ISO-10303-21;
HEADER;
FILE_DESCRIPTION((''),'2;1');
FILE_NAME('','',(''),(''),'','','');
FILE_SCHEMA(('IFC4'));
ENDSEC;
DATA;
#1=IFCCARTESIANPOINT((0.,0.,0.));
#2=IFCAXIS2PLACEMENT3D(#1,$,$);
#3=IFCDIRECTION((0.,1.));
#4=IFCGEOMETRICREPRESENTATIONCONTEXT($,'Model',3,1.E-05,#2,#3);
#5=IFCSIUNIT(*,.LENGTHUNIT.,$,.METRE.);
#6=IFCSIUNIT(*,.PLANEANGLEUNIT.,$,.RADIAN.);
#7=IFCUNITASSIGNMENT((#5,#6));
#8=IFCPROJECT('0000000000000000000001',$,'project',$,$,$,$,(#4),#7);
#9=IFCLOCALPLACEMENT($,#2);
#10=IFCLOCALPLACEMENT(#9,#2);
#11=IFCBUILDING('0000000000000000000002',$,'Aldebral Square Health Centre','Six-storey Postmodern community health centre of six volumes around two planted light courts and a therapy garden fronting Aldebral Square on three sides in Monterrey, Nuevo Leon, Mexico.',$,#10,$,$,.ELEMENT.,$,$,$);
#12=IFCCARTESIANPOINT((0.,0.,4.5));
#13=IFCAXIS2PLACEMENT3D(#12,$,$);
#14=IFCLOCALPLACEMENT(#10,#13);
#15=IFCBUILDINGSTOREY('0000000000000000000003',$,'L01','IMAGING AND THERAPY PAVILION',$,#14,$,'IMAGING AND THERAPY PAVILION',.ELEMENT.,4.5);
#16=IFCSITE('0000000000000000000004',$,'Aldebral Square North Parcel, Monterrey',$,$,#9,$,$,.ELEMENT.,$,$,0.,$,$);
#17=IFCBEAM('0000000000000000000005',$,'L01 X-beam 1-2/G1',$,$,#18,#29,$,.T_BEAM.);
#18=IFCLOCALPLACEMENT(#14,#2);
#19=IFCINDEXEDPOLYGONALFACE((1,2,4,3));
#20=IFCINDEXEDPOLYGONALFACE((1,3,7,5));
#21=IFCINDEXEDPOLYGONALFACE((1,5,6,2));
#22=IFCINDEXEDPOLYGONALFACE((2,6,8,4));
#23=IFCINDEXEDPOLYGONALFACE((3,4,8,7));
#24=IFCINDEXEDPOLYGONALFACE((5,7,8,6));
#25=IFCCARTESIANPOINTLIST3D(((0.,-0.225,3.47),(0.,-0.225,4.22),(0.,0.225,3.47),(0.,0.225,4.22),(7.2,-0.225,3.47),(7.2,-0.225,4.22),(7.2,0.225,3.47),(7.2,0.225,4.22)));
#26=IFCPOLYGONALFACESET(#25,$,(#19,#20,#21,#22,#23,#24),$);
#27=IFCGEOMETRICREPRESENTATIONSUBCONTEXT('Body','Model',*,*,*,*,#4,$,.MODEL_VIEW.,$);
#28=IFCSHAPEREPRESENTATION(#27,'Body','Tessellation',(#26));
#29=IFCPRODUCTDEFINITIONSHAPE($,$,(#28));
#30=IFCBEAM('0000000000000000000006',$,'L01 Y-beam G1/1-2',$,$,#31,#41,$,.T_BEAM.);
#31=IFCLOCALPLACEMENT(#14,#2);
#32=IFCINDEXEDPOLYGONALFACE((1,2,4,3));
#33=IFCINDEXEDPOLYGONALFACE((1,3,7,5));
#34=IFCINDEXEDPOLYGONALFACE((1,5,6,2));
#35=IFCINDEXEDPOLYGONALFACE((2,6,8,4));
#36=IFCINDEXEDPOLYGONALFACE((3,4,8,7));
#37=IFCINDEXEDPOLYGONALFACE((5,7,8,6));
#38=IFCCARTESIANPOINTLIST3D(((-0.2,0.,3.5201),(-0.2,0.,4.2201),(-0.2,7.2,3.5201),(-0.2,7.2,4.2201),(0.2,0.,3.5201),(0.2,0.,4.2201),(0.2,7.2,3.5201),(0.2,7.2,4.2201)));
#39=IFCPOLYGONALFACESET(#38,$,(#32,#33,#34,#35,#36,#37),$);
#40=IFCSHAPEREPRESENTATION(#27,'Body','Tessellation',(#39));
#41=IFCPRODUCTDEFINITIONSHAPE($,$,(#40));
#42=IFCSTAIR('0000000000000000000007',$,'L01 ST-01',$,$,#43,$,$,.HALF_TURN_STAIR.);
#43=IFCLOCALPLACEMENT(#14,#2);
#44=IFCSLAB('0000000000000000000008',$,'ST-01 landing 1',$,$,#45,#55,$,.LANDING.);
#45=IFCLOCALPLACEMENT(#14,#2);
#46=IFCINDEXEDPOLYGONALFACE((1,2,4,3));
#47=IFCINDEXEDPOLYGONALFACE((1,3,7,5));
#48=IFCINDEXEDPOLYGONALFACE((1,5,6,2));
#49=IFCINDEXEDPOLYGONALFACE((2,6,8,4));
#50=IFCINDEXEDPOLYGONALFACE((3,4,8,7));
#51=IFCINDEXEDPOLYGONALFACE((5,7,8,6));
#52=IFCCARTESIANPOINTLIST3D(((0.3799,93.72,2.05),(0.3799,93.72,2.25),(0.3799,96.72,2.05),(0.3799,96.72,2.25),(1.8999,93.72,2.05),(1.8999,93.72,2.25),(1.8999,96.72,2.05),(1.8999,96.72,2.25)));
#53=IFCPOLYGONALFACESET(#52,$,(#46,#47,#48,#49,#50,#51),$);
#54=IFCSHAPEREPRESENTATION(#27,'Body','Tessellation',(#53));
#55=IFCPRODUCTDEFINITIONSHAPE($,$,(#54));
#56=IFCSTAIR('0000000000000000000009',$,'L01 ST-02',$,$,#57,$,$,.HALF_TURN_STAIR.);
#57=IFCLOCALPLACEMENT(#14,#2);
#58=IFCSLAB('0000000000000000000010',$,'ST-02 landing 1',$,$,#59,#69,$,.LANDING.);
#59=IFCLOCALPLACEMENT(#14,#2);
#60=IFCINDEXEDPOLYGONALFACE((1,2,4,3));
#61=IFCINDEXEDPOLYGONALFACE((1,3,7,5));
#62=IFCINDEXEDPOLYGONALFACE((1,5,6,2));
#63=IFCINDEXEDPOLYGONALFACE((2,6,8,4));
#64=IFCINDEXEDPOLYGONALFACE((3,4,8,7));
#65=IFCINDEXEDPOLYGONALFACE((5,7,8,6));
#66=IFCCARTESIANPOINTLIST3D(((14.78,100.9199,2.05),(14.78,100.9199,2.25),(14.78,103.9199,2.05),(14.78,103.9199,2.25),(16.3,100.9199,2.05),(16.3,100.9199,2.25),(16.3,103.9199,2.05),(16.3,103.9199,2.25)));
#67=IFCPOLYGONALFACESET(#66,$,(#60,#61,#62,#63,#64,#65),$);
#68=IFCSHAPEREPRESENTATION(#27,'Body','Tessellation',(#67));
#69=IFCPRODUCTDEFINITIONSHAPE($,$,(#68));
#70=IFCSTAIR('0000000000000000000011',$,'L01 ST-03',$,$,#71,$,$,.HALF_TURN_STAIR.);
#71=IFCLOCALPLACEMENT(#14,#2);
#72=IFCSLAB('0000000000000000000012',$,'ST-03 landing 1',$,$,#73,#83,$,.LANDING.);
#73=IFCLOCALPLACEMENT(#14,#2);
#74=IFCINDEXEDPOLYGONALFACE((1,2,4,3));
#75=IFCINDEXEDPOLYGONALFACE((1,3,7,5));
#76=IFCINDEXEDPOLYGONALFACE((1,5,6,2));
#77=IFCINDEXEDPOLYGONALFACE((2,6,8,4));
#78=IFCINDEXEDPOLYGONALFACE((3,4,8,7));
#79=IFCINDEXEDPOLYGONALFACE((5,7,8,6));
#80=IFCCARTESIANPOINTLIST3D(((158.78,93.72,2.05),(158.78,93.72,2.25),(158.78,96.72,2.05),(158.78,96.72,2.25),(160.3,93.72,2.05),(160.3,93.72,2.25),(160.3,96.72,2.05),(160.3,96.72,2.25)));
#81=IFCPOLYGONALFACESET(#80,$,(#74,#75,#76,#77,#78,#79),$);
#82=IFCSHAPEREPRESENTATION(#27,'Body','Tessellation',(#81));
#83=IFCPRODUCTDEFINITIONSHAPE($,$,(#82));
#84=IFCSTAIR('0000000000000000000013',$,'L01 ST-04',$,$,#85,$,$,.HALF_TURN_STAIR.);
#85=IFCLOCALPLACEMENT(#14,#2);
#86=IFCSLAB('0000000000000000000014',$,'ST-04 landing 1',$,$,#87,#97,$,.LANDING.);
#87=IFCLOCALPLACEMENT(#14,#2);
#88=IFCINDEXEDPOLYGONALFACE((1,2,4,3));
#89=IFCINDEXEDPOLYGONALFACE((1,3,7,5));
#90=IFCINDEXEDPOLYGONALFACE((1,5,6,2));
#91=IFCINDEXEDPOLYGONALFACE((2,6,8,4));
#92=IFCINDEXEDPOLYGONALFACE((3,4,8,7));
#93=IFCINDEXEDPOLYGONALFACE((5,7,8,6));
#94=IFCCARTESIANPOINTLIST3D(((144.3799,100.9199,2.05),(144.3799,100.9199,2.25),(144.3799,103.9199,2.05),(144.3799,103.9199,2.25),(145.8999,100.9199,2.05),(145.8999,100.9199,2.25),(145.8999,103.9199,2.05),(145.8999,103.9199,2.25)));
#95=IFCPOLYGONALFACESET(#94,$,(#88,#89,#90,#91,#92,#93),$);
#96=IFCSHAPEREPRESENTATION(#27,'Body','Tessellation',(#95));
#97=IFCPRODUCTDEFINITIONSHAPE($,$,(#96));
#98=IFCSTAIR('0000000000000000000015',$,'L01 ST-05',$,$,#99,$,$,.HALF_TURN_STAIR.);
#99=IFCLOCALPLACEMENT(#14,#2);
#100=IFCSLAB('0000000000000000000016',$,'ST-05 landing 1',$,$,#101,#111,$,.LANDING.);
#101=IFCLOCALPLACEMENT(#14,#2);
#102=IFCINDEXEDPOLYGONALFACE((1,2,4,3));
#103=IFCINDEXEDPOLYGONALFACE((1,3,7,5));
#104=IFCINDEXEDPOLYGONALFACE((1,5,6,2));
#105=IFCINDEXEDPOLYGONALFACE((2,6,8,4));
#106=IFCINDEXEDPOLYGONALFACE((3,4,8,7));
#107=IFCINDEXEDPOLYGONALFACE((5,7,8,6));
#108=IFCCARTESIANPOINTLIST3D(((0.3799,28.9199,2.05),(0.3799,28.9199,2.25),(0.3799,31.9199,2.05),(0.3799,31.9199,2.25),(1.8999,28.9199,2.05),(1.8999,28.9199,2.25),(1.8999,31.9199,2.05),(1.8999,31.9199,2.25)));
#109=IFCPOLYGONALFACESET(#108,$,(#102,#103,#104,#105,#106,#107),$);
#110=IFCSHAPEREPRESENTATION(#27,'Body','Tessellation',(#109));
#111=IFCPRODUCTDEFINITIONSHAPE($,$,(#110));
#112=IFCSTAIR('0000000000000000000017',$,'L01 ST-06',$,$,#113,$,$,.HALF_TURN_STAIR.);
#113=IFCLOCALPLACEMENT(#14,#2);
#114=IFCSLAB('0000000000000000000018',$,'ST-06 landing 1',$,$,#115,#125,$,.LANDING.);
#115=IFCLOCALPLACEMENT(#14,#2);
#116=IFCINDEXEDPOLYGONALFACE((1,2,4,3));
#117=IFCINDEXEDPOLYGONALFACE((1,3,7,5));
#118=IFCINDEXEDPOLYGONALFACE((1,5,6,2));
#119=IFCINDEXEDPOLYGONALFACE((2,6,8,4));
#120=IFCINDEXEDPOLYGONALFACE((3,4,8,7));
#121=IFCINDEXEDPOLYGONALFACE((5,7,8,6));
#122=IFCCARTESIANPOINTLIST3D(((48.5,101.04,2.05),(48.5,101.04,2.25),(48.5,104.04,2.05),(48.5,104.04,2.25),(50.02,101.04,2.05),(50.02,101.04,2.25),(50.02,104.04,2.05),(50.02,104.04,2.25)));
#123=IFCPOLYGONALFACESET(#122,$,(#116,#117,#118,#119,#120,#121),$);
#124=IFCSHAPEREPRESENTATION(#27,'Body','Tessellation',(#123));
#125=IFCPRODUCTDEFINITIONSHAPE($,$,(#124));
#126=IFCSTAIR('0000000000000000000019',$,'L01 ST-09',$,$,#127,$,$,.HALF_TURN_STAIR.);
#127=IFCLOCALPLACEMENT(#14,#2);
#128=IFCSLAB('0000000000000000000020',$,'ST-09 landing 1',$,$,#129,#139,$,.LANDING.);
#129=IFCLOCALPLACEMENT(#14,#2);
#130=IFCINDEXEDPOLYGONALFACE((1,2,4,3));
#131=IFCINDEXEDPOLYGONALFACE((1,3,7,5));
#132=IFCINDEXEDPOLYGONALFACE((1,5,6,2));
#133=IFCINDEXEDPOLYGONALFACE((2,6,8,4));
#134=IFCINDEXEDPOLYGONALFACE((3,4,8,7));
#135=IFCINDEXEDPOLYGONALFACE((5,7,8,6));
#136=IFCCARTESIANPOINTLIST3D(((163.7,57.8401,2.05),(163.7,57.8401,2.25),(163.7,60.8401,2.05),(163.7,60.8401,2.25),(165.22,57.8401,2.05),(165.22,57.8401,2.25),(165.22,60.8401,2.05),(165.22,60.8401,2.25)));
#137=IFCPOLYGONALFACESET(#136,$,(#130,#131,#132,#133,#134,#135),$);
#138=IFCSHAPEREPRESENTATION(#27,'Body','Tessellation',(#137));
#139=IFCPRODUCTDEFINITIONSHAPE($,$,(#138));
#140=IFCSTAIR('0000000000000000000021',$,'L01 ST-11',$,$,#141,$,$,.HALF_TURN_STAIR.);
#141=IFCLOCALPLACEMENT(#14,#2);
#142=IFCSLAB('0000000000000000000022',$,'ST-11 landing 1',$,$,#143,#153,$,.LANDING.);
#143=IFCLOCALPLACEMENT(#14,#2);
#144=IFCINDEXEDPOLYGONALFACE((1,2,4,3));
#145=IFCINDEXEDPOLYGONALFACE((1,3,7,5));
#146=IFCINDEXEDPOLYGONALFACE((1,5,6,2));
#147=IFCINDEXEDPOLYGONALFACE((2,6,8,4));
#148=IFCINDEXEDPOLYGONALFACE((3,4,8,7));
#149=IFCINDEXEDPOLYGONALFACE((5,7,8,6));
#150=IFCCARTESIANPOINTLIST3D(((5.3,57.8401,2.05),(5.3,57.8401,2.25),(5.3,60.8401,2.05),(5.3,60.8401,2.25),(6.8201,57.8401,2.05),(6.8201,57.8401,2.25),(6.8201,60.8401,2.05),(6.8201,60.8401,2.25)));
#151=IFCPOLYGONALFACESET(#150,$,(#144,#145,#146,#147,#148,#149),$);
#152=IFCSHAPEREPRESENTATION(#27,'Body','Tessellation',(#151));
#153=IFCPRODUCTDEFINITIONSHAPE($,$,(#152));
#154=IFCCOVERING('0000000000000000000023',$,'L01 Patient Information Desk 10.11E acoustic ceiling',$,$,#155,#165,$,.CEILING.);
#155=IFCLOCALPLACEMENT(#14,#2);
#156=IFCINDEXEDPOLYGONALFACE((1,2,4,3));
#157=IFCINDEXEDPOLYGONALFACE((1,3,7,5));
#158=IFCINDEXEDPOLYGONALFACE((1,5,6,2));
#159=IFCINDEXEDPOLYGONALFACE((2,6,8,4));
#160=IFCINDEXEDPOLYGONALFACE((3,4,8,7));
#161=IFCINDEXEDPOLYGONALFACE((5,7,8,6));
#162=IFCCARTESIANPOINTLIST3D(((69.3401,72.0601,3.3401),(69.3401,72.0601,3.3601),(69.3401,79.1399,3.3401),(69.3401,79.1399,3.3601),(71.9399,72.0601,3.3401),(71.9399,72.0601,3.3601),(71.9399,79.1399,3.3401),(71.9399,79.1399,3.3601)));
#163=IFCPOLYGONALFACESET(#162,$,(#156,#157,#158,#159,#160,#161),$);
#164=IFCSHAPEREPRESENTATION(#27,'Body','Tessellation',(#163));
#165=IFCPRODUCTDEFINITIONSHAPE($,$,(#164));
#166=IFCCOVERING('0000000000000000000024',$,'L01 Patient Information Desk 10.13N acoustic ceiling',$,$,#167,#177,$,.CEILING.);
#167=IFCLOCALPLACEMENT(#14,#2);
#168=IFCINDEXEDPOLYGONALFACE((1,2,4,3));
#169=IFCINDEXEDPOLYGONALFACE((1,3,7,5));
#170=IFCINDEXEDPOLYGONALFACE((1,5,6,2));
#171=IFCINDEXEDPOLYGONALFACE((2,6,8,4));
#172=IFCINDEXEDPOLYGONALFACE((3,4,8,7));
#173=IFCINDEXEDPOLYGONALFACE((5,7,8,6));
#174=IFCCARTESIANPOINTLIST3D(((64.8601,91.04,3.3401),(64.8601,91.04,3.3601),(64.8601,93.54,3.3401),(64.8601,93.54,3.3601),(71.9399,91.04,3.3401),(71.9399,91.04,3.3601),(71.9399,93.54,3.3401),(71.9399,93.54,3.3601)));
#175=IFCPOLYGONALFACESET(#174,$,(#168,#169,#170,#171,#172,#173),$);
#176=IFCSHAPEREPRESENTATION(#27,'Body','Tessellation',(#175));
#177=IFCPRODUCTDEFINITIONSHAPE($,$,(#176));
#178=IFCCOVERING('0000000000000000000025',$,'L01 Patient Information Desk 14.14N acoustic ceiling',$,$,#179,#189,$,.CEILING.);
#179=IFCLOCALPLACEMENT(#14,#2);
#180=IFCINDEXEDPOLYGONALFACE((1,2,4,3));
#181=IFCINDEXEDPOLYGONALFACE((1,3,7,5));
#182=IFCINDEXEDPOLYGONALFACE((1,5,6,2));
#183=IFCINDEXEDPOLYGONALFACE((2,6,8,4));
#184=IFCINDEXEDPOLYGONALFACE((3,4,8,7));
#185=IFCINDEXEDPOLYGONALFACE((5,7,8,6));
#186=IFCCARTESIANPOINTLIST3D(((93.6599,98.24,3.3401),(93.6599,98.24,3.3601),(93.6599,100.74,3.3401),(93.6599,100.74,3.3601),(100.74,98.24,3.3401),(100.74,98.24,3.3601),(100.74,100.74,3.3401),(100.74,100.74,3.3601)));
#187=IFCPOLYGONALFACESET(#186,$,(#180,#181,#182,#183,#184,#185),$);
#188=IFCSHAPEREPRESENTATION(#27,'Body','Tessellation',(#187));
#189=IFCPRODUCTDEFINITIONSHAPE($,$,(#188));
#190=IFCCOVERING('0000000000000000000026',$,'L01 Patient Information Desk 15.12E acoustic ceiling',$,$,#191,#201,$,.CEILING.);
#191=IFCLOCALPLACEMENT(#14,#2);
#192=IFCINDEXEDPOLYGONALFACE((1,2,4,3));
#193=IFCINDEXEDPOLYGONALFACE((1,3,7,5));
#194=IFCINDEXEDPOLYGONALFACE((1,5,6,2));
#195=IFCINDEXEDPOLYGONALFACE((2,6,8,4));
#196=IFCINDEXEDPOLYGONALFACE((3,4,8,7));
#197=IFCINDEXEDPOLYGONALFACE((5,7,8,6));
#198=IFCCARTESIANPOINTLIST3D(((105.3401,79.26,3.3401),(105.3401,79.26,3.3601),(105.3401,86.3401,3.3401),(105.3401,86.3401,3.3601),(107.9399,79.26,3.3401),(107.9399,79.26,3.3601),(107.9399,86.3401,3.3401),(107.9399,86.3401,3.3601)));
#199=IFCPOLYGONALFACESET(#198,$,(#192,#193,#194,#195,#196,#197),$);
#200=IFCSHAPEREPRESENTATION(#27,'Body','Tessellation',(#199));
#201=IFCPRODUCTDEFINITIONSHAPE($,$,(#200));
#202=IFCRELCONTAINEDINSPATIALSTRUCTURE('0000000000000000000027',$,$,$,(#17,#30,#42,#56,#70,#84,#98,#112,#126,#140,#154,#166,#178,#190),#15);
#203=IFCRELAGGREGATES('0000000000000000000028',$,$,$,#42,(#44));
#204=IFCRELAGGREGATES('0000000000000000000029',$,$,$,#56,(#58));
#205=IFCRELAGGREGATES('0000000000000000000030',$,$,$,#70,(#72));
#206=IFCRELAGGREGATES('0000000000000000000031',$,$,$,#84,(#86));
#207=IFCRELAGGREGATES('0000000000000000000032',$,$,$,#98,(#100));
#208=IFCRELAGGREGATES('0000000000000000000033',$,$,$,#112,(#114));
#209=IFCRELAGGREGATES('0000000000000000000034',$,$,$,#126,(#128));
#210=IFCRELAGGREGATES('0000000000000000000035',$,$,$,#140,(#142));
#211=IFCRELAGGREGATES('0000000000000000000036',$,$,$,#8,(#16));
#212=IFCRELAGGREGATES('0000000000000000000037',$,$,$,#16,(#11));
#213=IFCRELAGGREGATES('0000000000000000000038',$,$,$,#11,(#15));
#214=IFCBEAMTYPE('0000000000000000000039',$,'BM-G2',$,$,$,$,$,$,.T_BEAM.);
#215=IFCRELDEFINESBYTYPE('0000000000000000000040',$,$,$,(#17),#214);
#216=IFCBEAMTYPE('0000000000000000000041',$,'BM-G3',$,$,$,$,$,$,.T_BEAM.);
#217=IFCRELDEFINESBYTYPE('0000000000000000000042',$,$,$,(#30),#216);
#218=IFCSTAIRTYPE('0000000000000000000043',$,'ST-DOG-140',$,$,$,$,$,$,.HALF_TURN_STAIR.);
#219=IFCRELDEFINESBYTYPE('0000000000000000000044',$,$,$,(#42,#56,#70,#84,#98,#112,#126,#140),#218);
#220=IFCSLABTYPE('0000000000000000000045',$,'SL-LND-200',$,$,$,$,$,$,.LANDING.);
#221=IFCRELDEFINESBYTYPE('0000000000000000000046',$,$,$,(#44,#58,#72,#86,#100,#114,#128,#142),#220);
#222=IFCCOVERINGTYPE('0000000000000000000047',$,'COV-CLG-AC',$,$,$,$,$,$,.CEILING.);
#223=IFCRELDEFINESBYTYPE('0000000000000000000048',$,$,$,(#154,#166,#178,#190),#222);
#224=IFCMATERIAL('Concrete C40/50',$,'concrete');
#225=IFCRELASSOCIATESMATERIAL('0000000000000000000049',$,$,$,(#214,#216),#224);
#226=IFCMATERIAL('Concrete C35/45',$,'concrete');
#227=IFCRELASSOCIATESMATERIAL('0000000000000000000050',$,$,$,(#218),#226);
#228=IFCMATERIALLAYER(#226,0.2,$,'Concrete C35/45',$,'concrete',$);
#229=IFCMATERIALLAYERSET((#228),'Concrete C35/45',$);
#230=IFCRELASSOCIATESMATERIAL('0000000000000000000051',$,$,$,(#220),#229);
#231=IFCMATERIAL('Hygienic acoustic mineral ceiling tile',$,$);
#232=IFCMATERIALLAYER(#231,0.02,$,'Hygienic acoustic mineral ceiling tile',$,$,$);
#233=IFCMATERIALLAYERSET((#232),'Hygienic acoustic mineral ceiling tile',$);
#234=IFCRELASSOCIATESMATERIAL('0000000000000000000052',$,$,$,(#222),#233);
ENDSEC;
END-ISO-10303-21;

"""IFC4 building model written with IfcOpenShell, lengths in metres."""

from ifc_helpers import new_model, si_unit, direction, frame, origin, origin_2d, place, context, subcontext, project, spatial, polyline, rectangle, outline, extrude, material, layer, layer_set, material_profile, profile_set, type_object, element, aggregate, save


model = new_model("IFC4")

# Units and contexts
model_context = context("Model", 3, precision=1e-05, world=origin(), true_north=direction((0.0, 1.0)))
body_context = subcontext(model_context, "Body", "Model", "MODEL_VIEW")
ifc_project = project(units=[si_unit("LENGTHUNIT", "METRE"), si_unit("PLANEANGLEUNIT", "RADIAN")], contexts=[model_context])

# Site, building, storey
site_placement = place(None, origin())
site = spatial("IfcSite", under=ifc_project, at=site_placement, Name="Aldebral Square North Parcel, Monterrey", CompositionType="ELEMENT", RefElevation=0.0)
building_placement = place(site_placement, origin())
building = spatial("IfcBuilding", under=site, at=building_placement, Name="Aldebral Square Health Centre", Description="Six-storey Postmodern community health centre of six volumes around two planted light courts and a therapy garden fronting Aldebral Square on three sides in Monterrey, Nuevo Leon, Mexico.", CompositionType="ELEMENT")
storey_placement = place(building_placement, frame((0.0, 0.0, 4.5)))
storey = spatial("IfcBuildingStorey", under=building, at=storey_placement, Name="L01", Description="IMAGING AND THERAPY PAVILION", LongName="IMAGING AND THERAPY PAVILION", CompositionType="ELEMENT", Elevation=4.5)

# Beams
ifc_material_1 = material(Name="Concrete C40/50", Category="concrete")
ifc_material_profile_1 = material_profile(ifc_material_1, rectangle(XDim=0.45, YDim=0.75, at=origin_2d()), Name="RC 450x750")
ifc_profile_set_1 = profile_set([ifc_material_profile_1], Name="Concrete C40/50")
beam_type_1 = type_object("IfcBeamType", Name="BM-G2", PredefinedType="T_BEAM", material=ifc_profile_set_1)
beam_1_placement = place(storey_placement, frame((0.0, 0.0, 3.845), z_axis=(1.0, 0.0, 0.0), x_axis=(0.0, 1.0, 0.0)))
element("IfcBeam", 1, at=beam_1_placement, inside=storey, type_object=beam_type_1, Name="L01 X-beam 1-2/G1", PredefinedType="T_BEAM", context=body_context, shape_type="SweptSolid", body=[
    extrude(rectangle(XDim=0.45, YDim=0.75, at=origin_2d()), origin(), (0.0, 0.0, 1.0), 7.2),
])
ifc_material_profile_2 = material_profile(ifc_material_1, rectangle(XDim=0.3999, YDim=0.7, at=origin_2d()), Name="RC 400x700")
ifc_profile_set_2 = profile_set([ifc_material_profile_2], Name="Concrete C40/50")
beam_type_2 = type_object("IfcBeamType", Name="BM-G3", PredefinedType="T_BEAM", material=ifc_profile_set_2)
beam_2_placement = place(storey_placement, frame((0.0, 0.0, 3.8701), z_axis=(0.0, 1.0, 0.0), x_axis=(-1.0, 0.0, 0.0)))
element("IfcBeam", 2, at=beam_2_placement, inside=storey, type_object=beam_type_2, Name="L01 Y-beam G1/1-2", PredefinedType="T_BEAM", context=body_context, shape_type="SweptSolid", body=[
    extrude(rectangle(XDim=0.3999, YDim=0.7, at=origin_2d()), origin(), (0.0, 0.0, 1.0), 7.2),
])

# Stairs, slabs
ifc_material_2 = material(Name="Concrete C35/45", Category="concrete")
stair_type = type_object("IfcStairType", Name="ST-DOG-140", PredefinedType="HALF_TURN_STAIR", material=ifc_material_2)
stair_1_placement = place(storey_placement, origin())
stair_1 = element("IfcStair", 3, at=stair_1_placement, inside=storey, type_object=stair_type, Name="L01 ST-01", PredefinedType="HALF_TURN_STAIR")
ifc_layer_1 = layer(ifc_material_2, 0.2, Name="Concrete C35/45", Category="concrete")
ifc_layer_set_1 = layer_set([ifc_layer_1], Name="Concrete C35/45")
slab_type = type_object("IfcSlabType", Name="SL-LND-200", PredefinedType="LANDING", material=ifc_layer_set_1)
slab_1_placement = place(storey_placement, frame((0.0, 0.0, 2.05)))
slab_1 = element("IfcSlab", 4, at=slab_1_placement, type_object=slab_type, Name="ST-01 landing 1", PredefinedType="LANDING", context=body_context, shape_type="SweptSolid", body=[
    extrude(outline(polyline([(1.8999, 96.72), (0.3799, 96.72), (0.3799, 93.72), (1.8999, 93.72), (1.8999, 96.72)])), origin(), (0.0, 0.0, 1.0), 0.2),
])
aggregate(stair_1, [slab_1])
stair_2_placement = place(storey_placement, origin())
stair_2 = element("IfcStair", 5, at=stair_2_placement, inside=storey, type_object=stair_type, Name="L01 ST-02", PredefinedType="HALF_TURN_STAIR")
slab_2_placement = place(storey_placement, frame((0.0, 0.0, 2.05)))
slab_2 = element("IfcSlab", 6, at=slab_2_placement, type_object=slab_type, Name="ST-02 landing 1", PredefinedType="LANDING", context=body_context, shape_type="SweptSolid", body=[
    extrude(outline(polyline([(16.3, 103.9199), (14.78, 103.9199), (14.78, 100.9199), (16.3, 100.9199), (16.3, 103.9199)])), origin(), (0.0, 0.0, 1.0), 0.2),
])
aggregate(stair_2, [slab_2])
stair_3_placement = place(storey_placement, origin())
stair_3 = element("IfcStair", 7, at=stair_3_placement, inside=storey, type_object=stair_type, Name="L01 ST-03", PredefinedType="HALF_TURN_STAIR")
slab_3_placement = place(storey_placement, frame((0.0, 0.0, 2.05)))
slab_3 = element("IfcSlab", 8, at=slab_3_placement, type_object=slab_type, Name="ST-03 landing 1", PredefinedType="LANDING", context=body_context, shape_type="SweptSolid", body=[
    extrude(outline(polyline([(160.3, 96.72), (158.78, 96.72), (158.78, 93.72), (160.3, 93.72), (160.3, 96.72)])), origin(), (0.0, 0.0, 1.0), 0.2),
])
aggregate(stair_3, [slab_3])
stair_4_placement = place(storey_placement, origin())
stair_4 = element("IfcStair", 9, at=stair_4_placement, inside=storey, type_object=stair_type, Name="L01 ST-04", PredefinedType="HALF_TURN_STAIR")
slab_4_placement = place(storey_placement, frame((0.0, 0.0, 2.05)))
slab_4 = element("IfcSlab", 10, at=slab_4_placement, type_object=slab_type, Name="ST-04 landing 1", PredefinedType="LANDING", context=body_context, shape_type="SweptSolid", body=[
    extrude(outline(polyline([(145.8999, 103.9199), (144.3799, 103.9199), (144.3799, 100.9199), (145.8999, 100.9199), (145.8999, 103.9199)])), origin(), (0.0, 0.0, 1.0), 0.2),
])
aggregate(stair_4, [slab_4])
stair_5_placement = place(storey_placement, origin())
stair_5 = element("IfcStair", 11, at=stair_5_placement, inside=storey, type_object=stair_type, Name="L01 ST-05", PredefinedType="HALF_TURN_STAIR")
slab_5_placement = place(storey_placement, frame((0.0, 0.0, 2.05)))
slab_5 = element("IfcSlab", 12, at=slab_5_placement, type_object=slab_type, Name="ST-05 landing 1", PredefinedType="LANDING", context=body_context, shape_type="SweptSolid", body=[
    extrude(outline(polyline([(1.8999, 31.9199), (0.3799, 31.9199), (0.3799, 28.9199), (1.8999, 28.9199), (1.8999, 31.9199)])), origin(), (0.0, 0.0, 1.0), 0.2),
])
aggregate(stair_5, [slab_5])
stair_6_placement = place(storey_placement, origin())
stair_6 = element("IfcStair", 13, at=stair_6_placement, inside=storey, type_object=stair_type, Name="L01 ST-06", PredefinedType="HALF_TURN_STAIR")
slab_6_placement = place(storey_placement, frame((0.0, 0.0, 2.05)))
slab_6 = element("IfcSlab", 14, at=slab_6_placement, type_object=slab_type, Name="ST-06 landing 1", PredefinedType="LANDING", context=body_context, shape_type="SweptSolid", body=[
    extrude(outline(polyline([(48.5, 101.04), (50.02, 101.04), (50.02, 104.04), (48.5, 104.04), (48.5, 101.04)])), origin(), (0.0, 0.0, 1.0), 0.2),
])
aggregate(stair_6, [slab_6])
stair_7_placement = place(storey_placement, origin())
stair_7 = element("IfcStair", 15, at=stair_7_placement, inside=storey, type_object=stair_type, Name="L01 ST-09", PredefinedType="HALF_TURN_STAIR")
slab_7_placement = place(storey_placement, frame((0.0, 0.0, 2.05)))
slab_7 = element("IfcSlab", 16, at=slab_7_placement, type_object=slab_type, Name="ST-09 landing 1", PredefinedType="LANDING", context=body_context, shape_type="SweptSolid", body=[
    extrude(outline(polyline([(163.7, 57.8401), (165.22, 57.8401), (165.22, 60.8401), (163.7, 60.8401), (163.7, 57.8401)])), origin(), (0.0, 0.0, 1.0), 0.2),
])
aggregate(stair_7, [slab_7])
stair_8_placement = place(storey_placement, origin())
stair_8 = element("IfcStair", 17, at=stair_8_placement, inside=storey, type_object=stair_type, Name="L01 ST-11", PredefinedType="HALF_TURN_STAIR")
slab_8_placement = place(storey_placement, frame((0.0, 0.0, 2.05)))
slab_8 = element("IfcSlab", 18, at=slab_8_placement, type_object=slab_type, Name="ST-11 landing 1", PredefinedType="LANDING", context=body_context, shape_type="SweptSolid", body=[
    extrude(outline(polyline([(5.3, 57.8401), (6.8201, 57.8401), (6.8201, 60.8401), (5.3, 60.8401), (5.3, 57.8401)])), origin(), (0.0, 0.0, 1.0), 0.2),
])
aggregate(stair_8, [slab_8])

# Coverings
ifc_material_3 = material(Name="Hygienic acoustic mineral ceiling tile")
ifc_layer_2 = layer(ifc_material_3, 0.02, Name="Hygienic acoustic mineral ceiling tile")
ifc_layer_set_2 = layer_set([ifc_layer_2], Name="Hygienic acoustic mineral ceiling tile")
covering_type = type_object("IfcCoveringType", Name="COV-CLG-AC", PredefinedType="CEILING", material=ifc_layer_set_2)
covering_1_placement = place(storey_placement, frame((0.0, 0.0, 3.3401)))
element("IfcCovering", 19, at=covering_1_placement, inside=storey, type_object=covering_type, Name="L01 Patient Information Desk 10.11E acoustic ceiling", PredefinedType="CEILING", context=body_context, shape_type="SweptSolid", body=[
    extrude(outline(polyline([(69.3401, 72.0601), (71.9399, 72.0601), (71.9399, 79.1399), (69.3401, 79.1399), (69.3401, 72.0601)])), origin(), (0.0, 0.0, 1.0), 0.02),
])
covering_2_placement = place(storey_placement, frame((0.0, 0.0, 3.3401)))
element("IfcCovering", 20, at=covering_2_placement, inside=storey, type_object=covering_type, Name="L01 Patient Information Desk 10.13N acoustic ceiling", PredefinedType="CEILING", context=body_context, shape_type="SweptSolid", body=[
    extrude(outline(polyline([(64.8601, 91.04), (71.9399, 91.04), (71.9399, 93.54), (64.8601, 93.54), (64.8601, 91.04)])), origin(), (0.0, 0.0, 1.0), 0.02),
])
covering_3_placement = place(storey_placement, frame((0.0, 0.0, 3.3401)))
element("IfcCovering", 21, at=covering_3_placement, inside=storey, type_object=covering_type, Name="L01 Patient Information Desk 14.14N acoustic ceiling", PredefinedType="CEILING", context=body_context, shape_type="SweptSolid", body=[
    extrude(outline(polyline([(93.6599, 98.24), (100.74, 98.24), (100.74, 100.74), (93.6599, 100.74), (93.6599, 98.24)])), origin(), (0.0, 0.0, 1.0), 0.02),
])
covering_4_placement = place(storey_placement, frame((0.0, 0.0, 3.3401)))
element("IfcCovering", 22, at=covering_4_placement, inside=storey, type_object=covering_type, Name="L01 Patient Information Desk 15.12E acoustic ceiling", PredefinedType="CEILING", context=body_context, shape_type="SweptSolid", body=[
    extrude(outline(polyline([(105.3401, 79.26), (107.9399, 79.26), (107.9399, 86.3401), (105.3401, 86.3401), (105.3401, 79.26)])), origin(), (0.0, 0.0, 1.0), 0.02),
])

save(model, "model.ifc")
